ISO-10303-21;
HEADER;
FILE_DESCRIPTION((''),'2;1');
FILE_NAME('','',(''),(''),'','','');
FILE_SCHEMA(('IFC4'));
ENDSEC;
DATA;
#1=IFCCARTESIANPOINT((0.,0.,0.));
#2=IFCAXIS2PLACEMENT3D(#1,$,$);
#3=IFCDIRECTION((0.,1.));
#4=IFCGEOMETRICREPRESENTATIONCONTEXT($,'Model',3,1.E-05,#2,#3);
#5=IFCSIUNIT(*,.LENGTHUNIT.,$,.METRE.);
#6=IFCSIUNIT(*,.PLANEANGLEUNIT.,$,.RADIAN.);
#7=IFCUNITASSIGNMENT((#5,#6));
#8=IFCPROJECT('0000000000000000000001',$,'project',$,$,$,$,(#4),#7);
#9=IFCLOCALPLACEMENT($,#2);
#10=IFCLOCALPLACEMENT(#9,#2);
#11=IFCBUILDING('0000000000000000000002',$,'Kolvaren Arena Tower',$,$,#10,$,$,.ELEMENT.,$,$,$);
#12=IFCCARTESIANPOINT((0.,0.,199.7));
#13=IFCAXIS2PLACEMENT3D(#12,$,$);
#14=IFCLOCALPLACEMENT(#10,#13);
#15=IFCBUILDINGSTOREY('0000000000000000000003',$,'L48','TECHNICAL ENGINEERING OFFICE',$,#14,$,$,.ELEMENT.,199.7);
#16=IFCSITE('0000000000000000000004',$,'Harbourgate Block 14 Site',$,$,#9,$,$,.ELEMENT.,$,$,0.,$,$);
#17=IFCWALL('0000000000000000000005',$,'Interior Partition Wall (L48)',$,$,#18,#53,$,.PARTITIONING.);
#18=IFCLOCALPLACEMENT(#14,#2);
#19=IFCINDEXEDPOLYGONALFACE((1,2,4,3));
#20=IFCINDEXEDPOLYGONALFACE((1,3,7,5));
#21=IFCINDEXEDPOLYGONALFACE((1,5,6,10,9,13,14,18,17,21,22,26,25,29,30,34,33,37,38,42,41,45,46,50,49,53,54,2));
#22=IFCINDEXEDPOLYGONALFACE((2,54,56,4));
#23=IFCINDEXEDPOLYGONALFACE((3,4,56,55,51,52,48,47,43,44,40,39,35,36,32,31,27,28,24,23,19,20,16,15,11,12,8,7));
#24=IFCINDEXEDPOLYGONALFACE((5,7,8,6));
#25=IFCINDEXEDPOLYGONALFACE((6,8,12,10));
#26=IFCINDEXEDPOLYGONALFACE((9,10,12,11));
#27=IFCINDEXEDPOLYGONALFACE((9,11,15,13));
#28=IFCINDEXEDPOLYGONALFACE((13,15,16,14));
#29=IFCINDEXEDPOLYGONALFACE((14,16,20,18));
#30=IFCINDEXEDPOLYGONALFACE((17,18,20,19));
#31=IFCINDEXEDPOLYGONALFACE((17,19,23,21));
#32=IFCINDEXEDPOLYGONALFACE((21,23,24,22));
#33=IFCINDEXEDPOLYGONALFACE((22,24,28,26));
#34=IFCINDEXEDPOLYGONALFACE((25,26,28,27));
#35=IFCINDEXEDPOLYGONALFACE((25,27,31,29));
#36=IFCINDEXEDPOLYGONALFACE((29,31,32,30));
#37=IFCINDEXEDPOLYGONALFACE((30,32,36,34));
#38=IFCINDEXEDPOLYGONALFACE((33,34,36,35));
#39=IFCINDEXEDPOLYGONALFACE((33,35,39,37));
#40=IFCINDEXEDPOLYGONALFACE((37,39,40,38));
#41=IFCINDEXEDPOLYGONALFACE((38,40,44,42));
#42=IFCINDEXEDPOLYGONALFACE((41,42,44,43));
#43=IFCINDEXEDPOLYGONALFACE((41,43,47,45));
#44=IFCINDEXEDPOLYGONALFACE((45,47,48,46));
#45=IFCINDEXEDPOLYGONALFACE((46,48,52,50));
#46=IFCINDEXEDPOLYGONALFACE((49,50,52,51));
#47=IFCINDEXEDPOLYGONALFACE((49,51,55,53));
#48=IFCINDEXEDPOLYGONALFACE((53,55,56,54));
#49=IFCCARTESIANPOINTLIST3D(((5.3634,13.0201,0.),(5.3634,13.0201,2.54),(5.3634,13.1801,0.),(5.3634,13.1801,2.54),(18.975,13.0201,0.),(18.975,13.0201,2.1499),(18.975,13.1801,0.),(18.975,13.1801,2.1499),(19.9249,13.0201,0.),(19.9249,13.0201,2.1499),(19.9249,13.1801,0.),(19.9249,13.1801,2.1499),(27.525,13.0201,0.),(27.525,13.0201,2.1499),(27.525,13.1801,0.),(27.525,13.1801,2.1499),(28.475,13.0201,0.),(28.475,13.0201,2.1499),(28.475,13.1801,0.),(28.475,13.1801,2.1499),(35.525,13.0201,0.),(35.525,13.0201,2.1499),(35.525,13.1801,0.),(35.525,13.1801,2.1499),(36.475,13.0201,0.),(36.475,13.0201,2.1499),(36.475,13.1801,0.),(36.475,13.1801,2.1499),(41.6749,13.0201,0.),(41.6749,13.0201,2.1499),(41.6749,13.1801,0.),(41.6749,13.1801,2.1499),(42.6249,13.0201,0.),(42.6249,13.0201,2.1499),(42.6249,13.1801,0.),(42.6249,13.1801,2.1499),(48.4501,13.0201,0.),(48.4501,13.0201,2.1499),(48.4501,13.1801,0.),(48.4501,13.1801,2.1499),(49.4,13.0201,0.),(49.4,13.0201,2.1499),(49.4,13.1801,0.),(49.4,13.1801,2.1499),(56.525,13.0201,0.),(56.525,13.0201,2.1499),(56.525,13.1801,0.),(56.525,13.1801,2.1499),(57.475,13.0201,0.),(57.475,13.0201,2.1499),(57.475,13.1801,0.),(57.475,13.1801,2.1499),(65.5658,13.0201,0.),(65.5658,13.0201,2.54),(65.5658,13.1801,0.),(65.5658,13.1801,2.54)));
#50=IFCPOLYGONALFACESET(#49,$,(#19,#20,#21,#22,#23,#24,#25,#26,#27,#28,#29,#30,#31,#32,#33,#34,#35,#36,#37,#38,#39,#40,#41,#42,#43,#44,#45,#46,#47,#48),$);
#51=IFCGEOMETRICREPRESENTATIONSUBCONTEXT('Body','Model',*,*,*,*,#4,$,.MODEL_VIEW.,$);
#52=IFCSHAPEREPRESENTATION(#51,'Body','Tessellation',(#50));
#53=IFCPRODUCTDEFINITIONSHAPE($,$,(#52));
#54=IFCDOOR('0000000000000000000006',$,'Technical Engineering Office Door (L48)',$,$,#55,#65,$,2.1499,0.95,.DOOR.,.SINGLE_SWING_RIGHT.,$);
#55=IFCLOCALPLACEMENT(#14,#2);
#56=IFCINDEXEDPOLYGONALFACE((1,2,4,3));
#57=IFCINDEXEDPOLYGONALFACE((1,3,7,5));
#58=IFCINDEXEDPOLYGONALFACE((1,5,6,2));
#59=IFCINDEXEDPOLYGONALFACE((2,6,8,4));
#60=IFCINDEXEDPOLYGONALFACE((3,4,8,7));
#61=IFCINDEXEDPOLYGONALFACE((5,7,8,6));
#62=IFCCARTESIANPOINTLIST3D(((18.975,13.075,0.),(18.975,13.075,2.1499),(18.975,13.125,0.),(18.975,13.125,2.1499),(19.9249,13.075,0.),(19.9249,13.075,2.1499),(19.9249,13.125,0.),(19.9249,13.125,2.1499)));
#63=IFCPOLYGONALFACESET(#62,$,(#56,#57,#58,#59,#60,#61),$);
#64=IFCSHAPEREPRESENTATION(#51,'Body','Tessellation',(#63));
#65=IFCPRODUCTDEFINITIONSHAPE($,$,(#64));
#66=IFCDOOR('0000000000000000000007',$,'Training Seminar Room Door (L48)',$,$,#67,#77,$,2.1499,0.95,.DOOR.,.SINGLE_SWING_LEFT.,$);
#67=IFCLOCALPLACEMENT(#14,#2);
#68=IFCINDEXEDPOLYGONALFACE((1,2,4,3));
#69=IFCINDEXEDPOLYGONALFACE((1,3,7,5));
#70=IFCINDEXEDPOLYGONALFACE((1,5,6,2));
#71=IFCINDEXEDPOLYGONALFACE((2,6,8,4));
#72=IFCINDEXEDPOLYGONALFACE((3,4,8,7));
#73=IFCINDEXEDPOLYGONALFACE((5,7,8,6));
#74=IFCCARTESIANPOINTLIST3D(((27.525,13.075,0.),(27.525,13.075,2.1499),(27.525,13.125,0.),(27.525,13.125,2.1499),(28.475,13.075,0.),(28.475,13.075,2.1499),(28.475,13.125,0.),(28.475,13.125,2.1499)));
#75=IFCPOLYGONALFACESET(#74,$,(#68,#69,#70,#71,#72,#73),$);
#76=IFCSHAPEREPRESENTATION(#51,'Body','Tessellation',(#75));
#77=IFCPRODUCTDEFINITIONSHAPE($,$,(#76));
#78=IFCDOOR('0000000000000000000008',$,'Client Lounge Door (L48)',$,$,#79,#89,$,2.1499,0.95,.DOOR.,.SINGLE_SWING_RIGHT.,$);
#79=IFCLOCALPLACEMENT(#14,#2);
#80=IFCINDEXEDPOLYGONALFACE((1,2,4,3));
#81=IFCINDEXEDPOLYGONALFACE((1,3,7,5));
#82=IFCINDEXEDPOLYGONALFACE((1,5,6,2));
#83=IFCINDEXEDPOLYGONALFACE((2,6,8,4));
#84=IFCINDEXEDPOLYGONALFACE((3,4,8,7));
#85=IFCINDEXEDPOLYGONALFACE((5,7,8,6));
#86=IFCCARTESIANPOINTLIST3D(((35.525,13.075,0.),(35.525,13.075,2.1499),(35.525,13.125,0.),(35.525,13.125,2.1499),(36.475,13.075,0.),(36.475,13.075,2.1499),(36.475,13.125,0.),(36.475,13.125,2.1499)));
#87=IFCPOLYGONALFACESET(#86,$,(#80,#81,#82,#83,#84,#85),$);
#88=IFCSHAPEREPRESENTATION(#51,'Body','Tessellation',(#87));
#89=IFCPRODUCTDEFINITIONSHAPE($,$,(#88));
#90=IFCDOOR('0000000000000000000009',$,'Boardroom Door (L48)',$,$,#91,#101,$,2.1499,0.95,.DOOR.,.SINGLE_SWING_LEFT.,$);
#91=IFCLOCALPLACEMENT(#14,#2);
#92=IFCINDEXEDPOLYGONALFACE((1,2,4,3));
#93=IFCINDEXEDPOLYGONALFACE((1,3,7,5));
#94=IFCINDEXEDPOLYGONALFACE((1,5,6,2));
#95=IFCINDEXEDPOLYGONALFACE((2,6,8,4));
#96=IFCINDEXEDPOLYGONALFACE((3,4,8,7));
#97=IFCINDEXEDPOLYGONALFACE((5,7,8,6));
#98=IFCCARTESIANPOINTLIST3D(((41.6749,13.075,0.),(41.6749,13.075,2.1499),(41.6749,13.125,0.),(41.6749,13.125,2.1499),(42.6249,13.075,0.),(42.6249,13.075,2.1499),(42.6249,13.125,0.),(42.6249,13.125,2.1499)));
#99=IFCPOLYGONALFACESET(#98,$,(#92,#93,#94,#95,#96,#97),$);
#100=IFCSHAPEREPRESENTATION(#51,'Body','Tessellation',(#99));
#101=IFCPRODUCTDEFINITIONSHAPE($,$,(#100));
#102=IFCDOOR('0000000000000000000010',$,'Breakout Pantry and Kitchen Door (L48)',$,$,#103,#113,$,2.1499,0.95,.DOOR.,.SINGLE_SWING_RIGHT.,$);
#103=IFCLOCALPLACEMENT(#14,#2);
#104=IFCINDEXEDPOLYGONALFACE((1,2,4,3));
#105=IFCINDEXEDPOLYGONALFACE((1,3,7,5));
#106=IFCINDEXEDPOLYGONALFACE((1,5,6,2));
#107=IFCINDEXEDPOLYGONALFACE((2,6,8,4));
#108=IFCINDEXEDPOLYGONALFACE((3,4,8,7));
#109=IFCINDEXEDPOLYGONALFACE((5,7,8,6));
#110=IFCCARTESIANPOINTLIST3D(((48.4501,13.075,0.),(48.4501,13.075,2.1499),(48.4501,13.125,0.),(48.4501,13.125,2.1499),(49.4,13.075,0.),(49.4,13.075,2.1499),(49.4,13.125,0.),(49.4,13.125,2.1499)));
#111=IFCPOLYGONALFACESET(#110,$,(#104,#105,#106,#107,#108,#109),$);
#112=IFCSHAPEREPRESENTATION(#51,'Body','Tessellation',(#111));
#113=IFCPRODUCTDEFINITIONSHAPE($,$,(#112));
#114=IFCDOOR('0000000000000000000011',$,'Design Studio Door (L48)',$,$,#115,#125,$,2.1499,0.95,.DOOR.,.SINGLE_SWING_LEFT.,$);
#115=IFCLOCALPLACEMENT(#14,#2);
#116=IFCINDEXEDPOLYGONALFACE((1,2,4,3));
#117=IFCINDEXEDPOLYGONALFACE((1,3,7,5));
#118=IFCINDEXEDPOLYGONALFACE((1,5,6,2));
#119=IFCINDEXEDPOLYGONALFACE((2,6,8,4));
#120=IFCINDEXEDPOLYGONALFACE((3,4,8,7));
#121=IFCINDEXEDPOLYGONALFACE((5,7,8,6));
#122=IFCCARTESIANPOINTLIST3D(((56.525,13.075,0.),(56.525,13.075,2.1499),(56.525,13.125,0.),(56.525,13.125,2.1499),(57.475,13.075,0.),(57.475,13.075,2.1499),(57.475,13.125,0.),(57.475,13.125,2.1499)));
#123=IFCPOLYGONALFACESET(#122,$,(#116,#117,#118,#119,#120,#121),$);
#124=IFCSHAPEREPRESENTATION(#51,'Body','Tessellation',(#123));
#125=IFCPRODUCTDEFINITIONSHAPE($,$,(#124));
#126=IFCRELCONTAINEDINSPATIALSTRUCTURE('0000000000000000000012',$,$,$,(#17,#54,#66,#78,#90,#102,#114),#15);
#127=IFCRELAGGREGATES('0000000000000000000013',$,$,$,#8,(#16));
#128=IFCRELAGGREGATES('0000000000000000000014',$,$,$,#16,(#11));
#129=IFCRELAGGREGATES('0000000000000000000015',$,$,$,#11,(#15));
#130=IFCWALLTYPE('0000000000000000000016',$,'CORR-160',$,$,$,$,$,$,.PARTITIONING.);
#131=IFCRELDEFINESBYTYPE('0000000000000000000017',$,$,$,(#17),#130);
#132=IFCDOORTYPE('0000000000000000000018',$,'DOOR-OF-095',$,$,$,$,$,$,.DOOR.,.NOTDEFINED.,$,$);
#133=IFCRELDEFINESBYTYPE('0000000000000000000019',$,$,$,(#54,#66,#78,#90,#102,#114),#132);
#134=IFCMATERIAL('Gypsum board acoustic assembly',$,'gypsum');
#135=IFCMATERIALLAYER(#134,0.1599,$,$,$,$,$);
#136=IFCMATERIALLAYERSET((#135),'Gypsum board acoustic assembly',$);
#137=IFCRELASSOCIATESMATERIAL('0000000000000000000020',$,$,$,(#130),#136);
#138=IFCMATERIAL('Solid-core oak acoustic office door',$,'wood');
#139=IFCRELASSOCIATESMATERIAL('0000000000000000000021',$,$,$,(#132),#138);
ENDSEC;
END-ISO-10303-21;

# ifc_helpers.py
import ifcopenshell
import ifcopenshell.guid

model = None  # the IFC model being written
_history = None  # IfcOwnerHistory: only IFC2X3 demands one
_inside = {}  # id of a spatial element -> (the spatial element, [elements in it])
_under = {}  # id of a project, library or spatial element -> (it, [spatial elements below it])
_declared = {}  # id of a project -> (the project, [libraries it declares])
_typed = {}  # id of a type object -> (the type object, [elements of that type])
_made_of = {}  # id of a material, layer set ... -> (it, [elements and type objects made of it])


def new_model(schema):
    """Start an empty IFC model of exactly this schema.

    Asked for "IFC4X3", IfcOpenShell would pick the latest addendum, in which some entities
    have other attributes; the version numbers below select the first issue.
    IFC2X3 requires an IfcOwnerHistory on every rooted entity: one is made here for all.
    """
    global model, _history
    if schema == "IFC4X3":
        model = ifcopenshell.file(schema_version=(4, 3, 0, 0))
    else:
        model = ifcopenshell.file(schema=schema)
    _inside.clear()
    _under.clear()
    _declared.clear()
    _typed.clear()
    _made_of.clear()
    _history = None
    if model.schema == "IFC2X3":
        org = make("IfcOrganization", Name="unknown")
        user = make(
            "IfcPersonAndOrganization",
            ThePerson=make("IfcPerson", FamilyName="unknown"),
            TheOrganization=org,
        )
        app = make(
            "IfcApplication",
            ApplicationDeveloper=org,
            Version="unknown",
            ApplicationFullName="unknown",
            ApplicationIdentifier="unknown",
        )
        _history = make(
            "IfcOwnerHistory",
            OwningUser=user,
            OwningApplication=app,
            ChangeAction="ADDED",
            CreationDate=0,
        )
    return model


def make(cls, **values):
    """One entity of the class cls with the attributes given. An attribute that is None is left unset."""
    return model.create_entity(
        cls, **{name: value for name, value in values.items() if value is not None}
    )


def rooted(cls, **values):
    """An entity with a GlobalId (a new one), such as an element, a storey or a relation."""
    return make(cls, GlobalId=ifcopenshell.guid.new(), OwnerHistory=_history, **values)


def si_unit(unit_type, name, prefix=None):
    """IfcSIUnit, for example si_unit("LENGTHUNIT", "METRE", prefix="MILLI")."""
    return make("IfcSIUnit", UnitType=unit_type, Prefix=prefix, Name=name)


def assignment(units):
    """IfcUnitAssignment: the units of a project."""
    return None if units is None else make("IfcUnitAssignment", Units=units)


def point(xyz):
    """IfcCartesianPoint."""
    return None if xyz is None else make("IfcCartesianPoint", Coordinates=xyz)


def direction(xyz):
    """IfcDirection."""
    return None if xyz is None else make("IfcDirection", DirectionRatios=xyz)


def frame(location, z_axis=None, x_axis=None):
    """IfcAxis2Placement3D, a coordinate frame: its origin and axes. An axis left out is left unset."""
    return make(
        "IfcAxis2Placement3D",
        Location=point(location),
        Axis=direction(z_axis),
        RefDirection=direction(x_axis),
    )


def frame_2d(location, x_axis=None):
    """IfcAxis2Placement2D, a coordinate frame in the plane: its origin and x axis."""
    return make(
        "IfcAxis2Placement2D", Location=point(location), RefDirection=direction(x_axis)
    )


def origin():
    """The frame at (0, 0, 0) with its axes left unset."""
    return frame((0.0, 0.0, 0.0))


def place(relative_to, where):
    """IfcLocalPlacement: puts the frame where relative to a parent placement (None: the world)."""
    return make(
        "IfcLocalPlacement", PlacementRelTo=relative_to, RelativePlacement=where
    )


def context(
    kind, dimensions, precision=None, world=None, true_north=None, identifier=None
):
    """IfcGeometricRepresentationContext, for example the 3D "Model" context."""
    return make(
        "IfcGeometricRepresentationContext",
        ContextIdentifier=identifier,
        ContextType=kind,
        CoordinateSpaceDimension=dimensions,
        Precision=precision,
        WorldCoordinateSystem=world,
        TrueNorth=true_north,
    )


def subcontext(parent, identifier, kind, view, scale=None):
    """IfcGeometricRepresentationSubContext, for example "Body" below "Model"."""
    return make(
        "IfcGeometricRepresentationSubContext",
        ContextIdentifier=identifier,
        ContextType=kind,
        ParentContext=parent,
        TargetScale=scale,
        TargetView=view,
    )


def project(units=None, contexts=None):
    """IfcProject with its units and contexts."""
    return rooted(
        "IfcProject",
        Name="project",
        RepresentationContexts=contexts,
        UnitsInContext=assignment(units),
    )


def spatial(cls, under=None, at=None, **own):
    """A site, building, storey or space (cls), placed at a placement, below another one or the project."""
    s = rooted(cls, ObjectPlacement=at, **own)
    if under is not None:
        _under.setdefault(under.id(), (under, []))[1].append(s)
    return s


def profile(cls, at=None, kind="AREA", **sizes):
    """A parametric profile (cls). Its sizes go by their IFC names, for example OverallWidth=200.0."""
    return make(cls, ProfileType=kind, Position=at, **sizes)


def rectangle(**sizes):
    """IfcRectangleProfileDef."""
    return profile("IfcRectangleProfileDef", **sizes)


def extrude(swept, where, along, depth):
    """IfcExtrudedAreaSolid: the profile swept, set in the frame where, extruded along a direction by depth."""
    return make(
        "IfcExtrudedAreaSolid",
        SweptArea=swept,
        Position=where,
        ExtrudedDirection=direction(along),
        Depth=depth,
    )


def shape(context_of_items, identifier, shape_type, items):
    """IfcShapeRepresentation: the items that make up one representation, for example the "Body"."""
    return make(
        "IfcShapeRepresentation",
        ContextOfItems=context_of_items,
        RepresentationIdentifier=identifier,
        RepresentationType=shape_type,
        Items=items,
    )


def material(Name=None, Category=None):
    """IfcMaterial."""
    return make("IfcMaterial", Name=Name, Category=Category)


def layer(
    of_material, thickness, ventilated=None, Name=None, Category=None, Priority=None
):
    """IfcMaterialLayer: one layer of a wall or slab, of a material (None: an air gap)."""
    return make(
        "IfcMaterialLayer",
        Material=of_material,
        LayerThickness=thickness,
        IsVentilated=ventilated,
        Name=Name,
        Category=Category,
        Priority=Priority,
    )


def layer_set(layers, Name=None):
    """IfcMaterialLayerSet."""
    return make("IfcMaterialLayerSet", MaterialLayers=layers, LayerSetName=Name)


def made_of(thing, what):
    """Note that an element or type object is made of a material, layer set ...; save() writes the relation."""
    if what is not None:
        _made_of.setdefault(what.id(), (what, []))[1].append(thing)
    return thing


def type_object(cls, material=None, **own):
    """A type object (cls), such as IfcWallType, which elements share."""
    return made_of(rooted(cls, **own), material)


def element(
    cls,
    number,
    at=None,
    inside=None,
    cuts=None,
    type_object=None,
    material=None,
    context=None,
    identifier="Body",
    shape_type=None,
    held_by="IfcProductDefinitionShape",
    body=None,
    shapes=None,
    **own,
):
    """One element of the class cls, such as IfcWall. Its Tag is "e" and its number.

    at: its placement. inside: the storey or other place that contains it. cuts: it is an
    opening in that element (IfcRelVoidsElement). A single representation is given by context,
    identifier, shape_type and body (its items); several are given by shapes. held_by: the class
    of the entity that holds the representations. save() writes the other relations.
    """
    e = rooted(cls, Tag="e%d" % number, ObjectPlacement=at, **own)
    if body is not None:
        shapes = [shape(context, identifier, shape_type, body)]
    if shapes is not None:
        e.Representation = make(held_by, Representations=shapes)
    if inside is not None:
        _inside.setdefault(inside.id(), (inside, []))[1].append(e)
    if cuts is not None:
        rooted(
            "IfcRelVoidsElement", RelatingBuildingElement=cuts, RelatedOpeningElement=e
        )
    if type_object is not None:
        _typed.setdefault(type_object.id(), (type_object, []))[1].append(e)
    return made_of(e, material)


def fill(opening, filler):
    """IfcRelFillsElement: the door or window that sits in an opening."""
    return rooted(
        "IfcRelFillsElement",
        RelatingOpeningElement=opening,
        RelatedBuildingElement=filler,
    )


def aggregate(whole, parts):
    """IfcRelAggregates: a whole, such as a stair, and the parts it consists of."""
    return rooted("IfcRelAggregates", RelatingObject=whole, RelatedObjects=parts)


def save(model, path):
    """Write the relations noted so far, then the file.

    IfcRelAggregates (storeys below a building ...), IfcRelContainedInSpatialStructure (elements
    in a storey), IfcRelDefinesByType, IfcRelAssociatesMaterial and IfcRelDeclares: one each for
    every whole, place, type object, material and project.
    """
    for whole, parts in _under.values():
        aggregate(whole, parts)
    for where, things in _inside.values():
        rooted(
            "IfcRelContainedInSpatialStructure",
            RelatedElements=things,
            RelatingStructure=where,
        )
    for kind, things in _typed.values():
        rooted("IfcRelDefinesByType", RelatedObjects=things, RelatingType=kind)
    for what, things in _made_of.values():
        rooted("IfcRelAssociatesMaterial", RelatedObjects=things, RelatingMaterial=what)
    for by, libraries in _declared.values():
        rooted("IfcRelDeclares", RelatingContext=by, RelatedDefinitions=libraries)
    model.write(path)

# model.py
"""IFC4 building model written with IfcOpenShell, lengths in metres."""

from ifc_helpers import new_model, si_unit, direction, frame, frame_2d, origin, place, context, subcontext, project, spatial, rectangle, extrude, material, layer, layer_set, type_object, element, fill, save


model = new_model("IFC4")

# Units and contexts
model_context = context("Model", 3, precision=1e-05, world=origin(), true_north=direction((0.0, 1.0)))
body_context = subcontext(model_context, "Body", "Model", "MODEL_VIEW")
ifc_project = project(units=[si_unit("LENGTHUNIT", "METRE"), si_unit("PLANEANGLEUNIT", "RADIAN")], contexts=[model_context])

# Site, building, storey
site_placement = place(None, origin())
site = spatial("IfcSite", under=ifc_project, at=site_placement, Name="Harbourgate Block 14 Site", CompositionType="ELEMENT", RefElevation=0.0)
building_placement = place(site_placement, origin())
building = spatial("IfcBuilding", under=site, at=building_placement, Name="Kolvaren Arena Tower", CompositionType="ELEMENT")
storey_placement = place(building_placement, frame((0.0, 0.0, 199.7)))
storey = spatial("IfcBuildingStorey", under=building, at=storey_placement, Name="L48", Description="TECHNICAL ENGINEERING OFFICE", CompositionType="ELEMENT", Elevation=199.7)

# Wall, openings, doors
ifc_material_1 = material(Name="Gypsum board acoustic assembly", Category="gypsum")
ifc_layer_1 = layer(ifc_material_1, 0.1599)
ifc_layer_set_1 = layer_set([ifc_layer_1], Name="Gypsum board acoustic assembly")
wall_type_1 = type_object("IfcWallType", Name="CORR-160", PredefinedType="PARTITIONING", material=ifc_layer_set_1)
wall_1_placement = place(storey_placement, frame((5.3635, 13.1001, 0.0), z_axis=(0.0, 0.0, 1.0), x_axis=(1.0, 0.0, 0.0)))
wall_1 = element("IfcWall", 1, at=wall_1_placement, inside=storey, type_object=wall_type_1, Name="Interior Partition Wall (L48)", PredefinedType="PARTITIONING", context=body_context, shape_type="SweptSolid", body=[
    extrude(rectangle(XDim=60.2024, YDim=0.1599, at=frame_2d((30.1011, 0.0))), origin(), (0.0, 0.0, 1.0), 2.54),
])
opening_1_placement = place(wall_1_placement, frame((13.6113, 0.0, 0.0)))
opening_1 = element("IfcOpeningElement", 2, at=opening_1_placement, cuts=wall_1, PredefinedType="OPENING", context=body_context, shape_type="SweptSolid", body=[
    extrude(rectangle(XDim=0.95, YDim=2.1499, at=frame_2d((0.4751, 1.075))), frame((0.0, 0.0898, 0.0), z_axis=(0.0, -1.0, 0.0), x_axis=(1.0, 0.0, 0.0)), (0.0, 0.0, 1.0), 0.1799),
])
opening_2_placement = place(wall_1_placement, frame((22.1614, 0.0, 0.0)))
opening_2 = element("IfcOpeningElement", 3, at=opening_2_placement, cuts=wall_1, PredefinedType="OPENING", context=body_context, shape_type="SweptSolid", body=[
    extrude(rectangle(XDim=0.95, YDim=2.1499, at=frame_2d((0.4751, 1.075))), frame((0.0, 0.0898, 0.0), z_axis=(0.0, -1.0, 0.0), x_axis=(1.0, 0.0, 0.0)), (0.0, 0.0, 1.0), 0.1799),
])
opening_3_placement = place(wall_1_placement, frame((30.1614, 0.0, 0.0)))
opening_3 = element("IfcOpeningElement", 4, at=opening_3_placement, cuts=wall_1, PredefinedType="OPENING", context=body_context, shape_type="SweptSolid", body=[
    extrude(rectangle(XDim=0.95, YDim=2.1499, at=frame_2d((0.4751, 1.075))), frame((0.0, 0.0898, 0.0), z_axis=(0.0, -1.0, 0.0), x_axis=(1.0, 0.0, 0.0)), (0.0, 0.0, 1.0), 0.1799),
])
opening_4_placement = place(wall_1_placement, frame((36.3113, 0.0, 0.0)))
opening_4 = element("IfcOpeningElement", 5, at=opening_4_placement, cuts=wall_1, PredefinedType="OPENING", context=body_context, shape_type="SweptSolid", body=[
    extrude(rectangle(XDim=0.95, YDim=2.1499, at=frame_2d((0.4751, 1.075))), frame((0.0, 0.0898, 0.0), z_axis=(0.0, -1.0, 0.0), x_axis=(1.0, 0.0, 0.0)), (0.0, 0.0, 1.0), 0.1799),
])
opening_5_placement = place(wall_1_placement, frame((43.0864, 0.0, 0.0)))
opening_5 = element("IfcOpeningElement", 6, at=opening_5_placement, cuts=wall_1, PredefinedType="OPENING", context=body_context, shape_type="SweptSolid", body=[
    extrude(rectangle(XDim=0.95, YDim=2.1499, at=frame_2d((0.4751, 1.075))), frame((0.0, 0.0898, 0.0), z_axis=(0.0, -1.0, 0.0), x_axis=(1.0, 0.0, 0.0)), (0.0, 0.0, 1.0), 0.1799),
])
opening_6_placement = place(wall_1_placement, frame((51.1614, 0.0, 0.0)))
opening_6 = element("IfcOpeningElement", 7, at=opening_6_placement, cuts=wall_1, PredefinedType="OPENING", context=body_context, shape_type="SweptSolid", body=[
    extrude(rectangle(XDim=0.95, YDim=2.1499, at=frame_2d((0.4751, 1.075))), frame((0.0, 0.0898, 0.0), z_axis=(0.0, -1.0, 0.0), x_axis=(1.0, 0.0, 0.0)), (0.0, 0.0, 1.0), 0.1799),
])
ifc_material_2 = material(Name="Solid-core oak acoustic office door", Category="wood")
door_type = type_object("IfcDoorType", Name="DOOR-OF-095", OperationType="NOTDEFINED", PredefinedType="DOOR", material=ifc_material_2)
door_1_placement = place(opening_1_placement, origin())
door_1 = element("IfcDoor", 8, at=door_1_placement, inside=storey, type_object=door_type, Name="Technical Engineering Office Door (L48)", OperationType="SINGLE_SWING_RIGHT", OverallHeight=2.1499, OverallWidth=0.95, PredefinedType="DOOR", context=body_context, shape_type="SweptSolid", body=[
    extrude(rectangle(XDim=0.95, YDim=2.1499, at=frame_2d((0.4751, 1.075))), frame((0.0, 0.0249, 0.0), z_axis=(0.0, -1.0, 0.0), x_axis=(1.0, 0.0, 0.0)), (0.0, 0.0, 1.0), 0.05),
])
fill(opening_1, door_1)
door_2_placement = place(opening_2_placement, origin())
door_2 = element("IfcDoor", 9, at=door_2_placement, inside=storey, type_object=door_type, Name="Training Seminar Room Door (L48)", OperationType="SINGLE_SWING_LEFT", OverallHeight=2.1499, OverallWidth=0.95, PredefinedType="DOOR", context=body_context, shape_type="SweptSolid", body=[
    extrude(rectangle(XDim=0.95, YDim=2.1499, at=frame_2d((0.4751, 1.075))), frame((0.0, 0.0249, 0.0), z_axis=(0.0, -1.0, 0.0), x_axis=(1.0, 0.0, 0.0)), (0.0, 0.0, 1.0), 0.05),
])
fill(opening_2, door_2)
door_3_placement = place(opening_3_placement, origin())
door_3 = element("IfcDoor", 10, at=door_3_placement, inside=storey, type_object=door_type, Name="Client Lounge Door (L48)", OperationType="SINGLE_SWING_RIGHT", OverallHeight=2.1499, OverallWidth=0.95, PredefinedType="DOOR", context=body_context, shape_type="SweptSolid", body=[
    extrude(rectangle(XDim=0.95, YDim=2.1499, at=frame_2d((0.4751, 1.075))), frame((0.0, 0.0249, 0.0), z_axis=(0.0, -1.0, 0.0), x_axis=(1.0, 0.0, 0.0)), (0.0, 0.0, 1.0), 0.05),
])
fill(opening_3, door_3)
door_4_placement = place(opening_4_placement, origin())
door_4 = element("IfcDoor", 11, at=door_4_placement, inside=storey, type_object=door_type, Name="Boardroom Door (L48)", OperationType="SINGLE_SWING_LEFT", OverallHeight=2.1499, OverallWidth=0.95, PredefinedType="DOOR", context=body_context, shape_type="SweptSolid", body=[
    extrude(rectangle(XDim=0.95, YDim=2.1499, at=frame_2d((0.4751, 1.075))), frame((0.0, 0.0249, 0.0), z_axis=(0.0, -1.0, 0.0), x_axis=(1.0, 0.0, 0.0)), (0.0, 0.0, 1.0), 0.05),
])
fill(opening_4, door_4)
door_5_placement = place(opening_5_placement, origin())
door_5 = element("IfcDoor", 12, at=door_5_placement, inside=storey, type_object=door_type, Name="Breakout Pantry and Kitchen Door (L48)", OperationType="SINGLE_SWING_RIGHT", OverallHeight=2.1499, OverallWidth=0.95, PredefinedType="DOOR", context=body_context, shape_type="SweptSolid", body=[
    extrude(rectangle(XDim=0.95, YDim=2.1499, at=frame_2d((0.4751, 1.075))), frame((0.0, 0.0249, 0.0), z_axis=(0.0, -1.0, 0.0), x_axis=(1.0, 0.0, 0.0)), (0.0, 0.0, 1.0), 0.05),
])
fill(opening_5, door_5)
door_6_placement = place(opening_6_placement, origin())
door_6 = element("IfcDoor", 13, at=door_6_placement, inside=storey, type_object=door_type, Name="Design Studio Door (L48)", OperationType="SINGLE_SWING_LEFT", OverallHeight=2.1499, OverallWidth=0.95, PredefinedType="DOOR", context=body_context, shape_type="SweptSolid", body=[
    extrude(rectangle(XDim=0.95, YDim=2.1499, at=frame_2d((0.4751, 1.075))), frame((0.0, 0.0249, 0.0), z_axis=(0.0, -1.0, 0.0), x_axis=(1.0, 0.0, 0.0)), (0.0, 0.0, 1.0), 0.05),
])
fill(opening_6, door_6)

save(model, "model.ifc")
